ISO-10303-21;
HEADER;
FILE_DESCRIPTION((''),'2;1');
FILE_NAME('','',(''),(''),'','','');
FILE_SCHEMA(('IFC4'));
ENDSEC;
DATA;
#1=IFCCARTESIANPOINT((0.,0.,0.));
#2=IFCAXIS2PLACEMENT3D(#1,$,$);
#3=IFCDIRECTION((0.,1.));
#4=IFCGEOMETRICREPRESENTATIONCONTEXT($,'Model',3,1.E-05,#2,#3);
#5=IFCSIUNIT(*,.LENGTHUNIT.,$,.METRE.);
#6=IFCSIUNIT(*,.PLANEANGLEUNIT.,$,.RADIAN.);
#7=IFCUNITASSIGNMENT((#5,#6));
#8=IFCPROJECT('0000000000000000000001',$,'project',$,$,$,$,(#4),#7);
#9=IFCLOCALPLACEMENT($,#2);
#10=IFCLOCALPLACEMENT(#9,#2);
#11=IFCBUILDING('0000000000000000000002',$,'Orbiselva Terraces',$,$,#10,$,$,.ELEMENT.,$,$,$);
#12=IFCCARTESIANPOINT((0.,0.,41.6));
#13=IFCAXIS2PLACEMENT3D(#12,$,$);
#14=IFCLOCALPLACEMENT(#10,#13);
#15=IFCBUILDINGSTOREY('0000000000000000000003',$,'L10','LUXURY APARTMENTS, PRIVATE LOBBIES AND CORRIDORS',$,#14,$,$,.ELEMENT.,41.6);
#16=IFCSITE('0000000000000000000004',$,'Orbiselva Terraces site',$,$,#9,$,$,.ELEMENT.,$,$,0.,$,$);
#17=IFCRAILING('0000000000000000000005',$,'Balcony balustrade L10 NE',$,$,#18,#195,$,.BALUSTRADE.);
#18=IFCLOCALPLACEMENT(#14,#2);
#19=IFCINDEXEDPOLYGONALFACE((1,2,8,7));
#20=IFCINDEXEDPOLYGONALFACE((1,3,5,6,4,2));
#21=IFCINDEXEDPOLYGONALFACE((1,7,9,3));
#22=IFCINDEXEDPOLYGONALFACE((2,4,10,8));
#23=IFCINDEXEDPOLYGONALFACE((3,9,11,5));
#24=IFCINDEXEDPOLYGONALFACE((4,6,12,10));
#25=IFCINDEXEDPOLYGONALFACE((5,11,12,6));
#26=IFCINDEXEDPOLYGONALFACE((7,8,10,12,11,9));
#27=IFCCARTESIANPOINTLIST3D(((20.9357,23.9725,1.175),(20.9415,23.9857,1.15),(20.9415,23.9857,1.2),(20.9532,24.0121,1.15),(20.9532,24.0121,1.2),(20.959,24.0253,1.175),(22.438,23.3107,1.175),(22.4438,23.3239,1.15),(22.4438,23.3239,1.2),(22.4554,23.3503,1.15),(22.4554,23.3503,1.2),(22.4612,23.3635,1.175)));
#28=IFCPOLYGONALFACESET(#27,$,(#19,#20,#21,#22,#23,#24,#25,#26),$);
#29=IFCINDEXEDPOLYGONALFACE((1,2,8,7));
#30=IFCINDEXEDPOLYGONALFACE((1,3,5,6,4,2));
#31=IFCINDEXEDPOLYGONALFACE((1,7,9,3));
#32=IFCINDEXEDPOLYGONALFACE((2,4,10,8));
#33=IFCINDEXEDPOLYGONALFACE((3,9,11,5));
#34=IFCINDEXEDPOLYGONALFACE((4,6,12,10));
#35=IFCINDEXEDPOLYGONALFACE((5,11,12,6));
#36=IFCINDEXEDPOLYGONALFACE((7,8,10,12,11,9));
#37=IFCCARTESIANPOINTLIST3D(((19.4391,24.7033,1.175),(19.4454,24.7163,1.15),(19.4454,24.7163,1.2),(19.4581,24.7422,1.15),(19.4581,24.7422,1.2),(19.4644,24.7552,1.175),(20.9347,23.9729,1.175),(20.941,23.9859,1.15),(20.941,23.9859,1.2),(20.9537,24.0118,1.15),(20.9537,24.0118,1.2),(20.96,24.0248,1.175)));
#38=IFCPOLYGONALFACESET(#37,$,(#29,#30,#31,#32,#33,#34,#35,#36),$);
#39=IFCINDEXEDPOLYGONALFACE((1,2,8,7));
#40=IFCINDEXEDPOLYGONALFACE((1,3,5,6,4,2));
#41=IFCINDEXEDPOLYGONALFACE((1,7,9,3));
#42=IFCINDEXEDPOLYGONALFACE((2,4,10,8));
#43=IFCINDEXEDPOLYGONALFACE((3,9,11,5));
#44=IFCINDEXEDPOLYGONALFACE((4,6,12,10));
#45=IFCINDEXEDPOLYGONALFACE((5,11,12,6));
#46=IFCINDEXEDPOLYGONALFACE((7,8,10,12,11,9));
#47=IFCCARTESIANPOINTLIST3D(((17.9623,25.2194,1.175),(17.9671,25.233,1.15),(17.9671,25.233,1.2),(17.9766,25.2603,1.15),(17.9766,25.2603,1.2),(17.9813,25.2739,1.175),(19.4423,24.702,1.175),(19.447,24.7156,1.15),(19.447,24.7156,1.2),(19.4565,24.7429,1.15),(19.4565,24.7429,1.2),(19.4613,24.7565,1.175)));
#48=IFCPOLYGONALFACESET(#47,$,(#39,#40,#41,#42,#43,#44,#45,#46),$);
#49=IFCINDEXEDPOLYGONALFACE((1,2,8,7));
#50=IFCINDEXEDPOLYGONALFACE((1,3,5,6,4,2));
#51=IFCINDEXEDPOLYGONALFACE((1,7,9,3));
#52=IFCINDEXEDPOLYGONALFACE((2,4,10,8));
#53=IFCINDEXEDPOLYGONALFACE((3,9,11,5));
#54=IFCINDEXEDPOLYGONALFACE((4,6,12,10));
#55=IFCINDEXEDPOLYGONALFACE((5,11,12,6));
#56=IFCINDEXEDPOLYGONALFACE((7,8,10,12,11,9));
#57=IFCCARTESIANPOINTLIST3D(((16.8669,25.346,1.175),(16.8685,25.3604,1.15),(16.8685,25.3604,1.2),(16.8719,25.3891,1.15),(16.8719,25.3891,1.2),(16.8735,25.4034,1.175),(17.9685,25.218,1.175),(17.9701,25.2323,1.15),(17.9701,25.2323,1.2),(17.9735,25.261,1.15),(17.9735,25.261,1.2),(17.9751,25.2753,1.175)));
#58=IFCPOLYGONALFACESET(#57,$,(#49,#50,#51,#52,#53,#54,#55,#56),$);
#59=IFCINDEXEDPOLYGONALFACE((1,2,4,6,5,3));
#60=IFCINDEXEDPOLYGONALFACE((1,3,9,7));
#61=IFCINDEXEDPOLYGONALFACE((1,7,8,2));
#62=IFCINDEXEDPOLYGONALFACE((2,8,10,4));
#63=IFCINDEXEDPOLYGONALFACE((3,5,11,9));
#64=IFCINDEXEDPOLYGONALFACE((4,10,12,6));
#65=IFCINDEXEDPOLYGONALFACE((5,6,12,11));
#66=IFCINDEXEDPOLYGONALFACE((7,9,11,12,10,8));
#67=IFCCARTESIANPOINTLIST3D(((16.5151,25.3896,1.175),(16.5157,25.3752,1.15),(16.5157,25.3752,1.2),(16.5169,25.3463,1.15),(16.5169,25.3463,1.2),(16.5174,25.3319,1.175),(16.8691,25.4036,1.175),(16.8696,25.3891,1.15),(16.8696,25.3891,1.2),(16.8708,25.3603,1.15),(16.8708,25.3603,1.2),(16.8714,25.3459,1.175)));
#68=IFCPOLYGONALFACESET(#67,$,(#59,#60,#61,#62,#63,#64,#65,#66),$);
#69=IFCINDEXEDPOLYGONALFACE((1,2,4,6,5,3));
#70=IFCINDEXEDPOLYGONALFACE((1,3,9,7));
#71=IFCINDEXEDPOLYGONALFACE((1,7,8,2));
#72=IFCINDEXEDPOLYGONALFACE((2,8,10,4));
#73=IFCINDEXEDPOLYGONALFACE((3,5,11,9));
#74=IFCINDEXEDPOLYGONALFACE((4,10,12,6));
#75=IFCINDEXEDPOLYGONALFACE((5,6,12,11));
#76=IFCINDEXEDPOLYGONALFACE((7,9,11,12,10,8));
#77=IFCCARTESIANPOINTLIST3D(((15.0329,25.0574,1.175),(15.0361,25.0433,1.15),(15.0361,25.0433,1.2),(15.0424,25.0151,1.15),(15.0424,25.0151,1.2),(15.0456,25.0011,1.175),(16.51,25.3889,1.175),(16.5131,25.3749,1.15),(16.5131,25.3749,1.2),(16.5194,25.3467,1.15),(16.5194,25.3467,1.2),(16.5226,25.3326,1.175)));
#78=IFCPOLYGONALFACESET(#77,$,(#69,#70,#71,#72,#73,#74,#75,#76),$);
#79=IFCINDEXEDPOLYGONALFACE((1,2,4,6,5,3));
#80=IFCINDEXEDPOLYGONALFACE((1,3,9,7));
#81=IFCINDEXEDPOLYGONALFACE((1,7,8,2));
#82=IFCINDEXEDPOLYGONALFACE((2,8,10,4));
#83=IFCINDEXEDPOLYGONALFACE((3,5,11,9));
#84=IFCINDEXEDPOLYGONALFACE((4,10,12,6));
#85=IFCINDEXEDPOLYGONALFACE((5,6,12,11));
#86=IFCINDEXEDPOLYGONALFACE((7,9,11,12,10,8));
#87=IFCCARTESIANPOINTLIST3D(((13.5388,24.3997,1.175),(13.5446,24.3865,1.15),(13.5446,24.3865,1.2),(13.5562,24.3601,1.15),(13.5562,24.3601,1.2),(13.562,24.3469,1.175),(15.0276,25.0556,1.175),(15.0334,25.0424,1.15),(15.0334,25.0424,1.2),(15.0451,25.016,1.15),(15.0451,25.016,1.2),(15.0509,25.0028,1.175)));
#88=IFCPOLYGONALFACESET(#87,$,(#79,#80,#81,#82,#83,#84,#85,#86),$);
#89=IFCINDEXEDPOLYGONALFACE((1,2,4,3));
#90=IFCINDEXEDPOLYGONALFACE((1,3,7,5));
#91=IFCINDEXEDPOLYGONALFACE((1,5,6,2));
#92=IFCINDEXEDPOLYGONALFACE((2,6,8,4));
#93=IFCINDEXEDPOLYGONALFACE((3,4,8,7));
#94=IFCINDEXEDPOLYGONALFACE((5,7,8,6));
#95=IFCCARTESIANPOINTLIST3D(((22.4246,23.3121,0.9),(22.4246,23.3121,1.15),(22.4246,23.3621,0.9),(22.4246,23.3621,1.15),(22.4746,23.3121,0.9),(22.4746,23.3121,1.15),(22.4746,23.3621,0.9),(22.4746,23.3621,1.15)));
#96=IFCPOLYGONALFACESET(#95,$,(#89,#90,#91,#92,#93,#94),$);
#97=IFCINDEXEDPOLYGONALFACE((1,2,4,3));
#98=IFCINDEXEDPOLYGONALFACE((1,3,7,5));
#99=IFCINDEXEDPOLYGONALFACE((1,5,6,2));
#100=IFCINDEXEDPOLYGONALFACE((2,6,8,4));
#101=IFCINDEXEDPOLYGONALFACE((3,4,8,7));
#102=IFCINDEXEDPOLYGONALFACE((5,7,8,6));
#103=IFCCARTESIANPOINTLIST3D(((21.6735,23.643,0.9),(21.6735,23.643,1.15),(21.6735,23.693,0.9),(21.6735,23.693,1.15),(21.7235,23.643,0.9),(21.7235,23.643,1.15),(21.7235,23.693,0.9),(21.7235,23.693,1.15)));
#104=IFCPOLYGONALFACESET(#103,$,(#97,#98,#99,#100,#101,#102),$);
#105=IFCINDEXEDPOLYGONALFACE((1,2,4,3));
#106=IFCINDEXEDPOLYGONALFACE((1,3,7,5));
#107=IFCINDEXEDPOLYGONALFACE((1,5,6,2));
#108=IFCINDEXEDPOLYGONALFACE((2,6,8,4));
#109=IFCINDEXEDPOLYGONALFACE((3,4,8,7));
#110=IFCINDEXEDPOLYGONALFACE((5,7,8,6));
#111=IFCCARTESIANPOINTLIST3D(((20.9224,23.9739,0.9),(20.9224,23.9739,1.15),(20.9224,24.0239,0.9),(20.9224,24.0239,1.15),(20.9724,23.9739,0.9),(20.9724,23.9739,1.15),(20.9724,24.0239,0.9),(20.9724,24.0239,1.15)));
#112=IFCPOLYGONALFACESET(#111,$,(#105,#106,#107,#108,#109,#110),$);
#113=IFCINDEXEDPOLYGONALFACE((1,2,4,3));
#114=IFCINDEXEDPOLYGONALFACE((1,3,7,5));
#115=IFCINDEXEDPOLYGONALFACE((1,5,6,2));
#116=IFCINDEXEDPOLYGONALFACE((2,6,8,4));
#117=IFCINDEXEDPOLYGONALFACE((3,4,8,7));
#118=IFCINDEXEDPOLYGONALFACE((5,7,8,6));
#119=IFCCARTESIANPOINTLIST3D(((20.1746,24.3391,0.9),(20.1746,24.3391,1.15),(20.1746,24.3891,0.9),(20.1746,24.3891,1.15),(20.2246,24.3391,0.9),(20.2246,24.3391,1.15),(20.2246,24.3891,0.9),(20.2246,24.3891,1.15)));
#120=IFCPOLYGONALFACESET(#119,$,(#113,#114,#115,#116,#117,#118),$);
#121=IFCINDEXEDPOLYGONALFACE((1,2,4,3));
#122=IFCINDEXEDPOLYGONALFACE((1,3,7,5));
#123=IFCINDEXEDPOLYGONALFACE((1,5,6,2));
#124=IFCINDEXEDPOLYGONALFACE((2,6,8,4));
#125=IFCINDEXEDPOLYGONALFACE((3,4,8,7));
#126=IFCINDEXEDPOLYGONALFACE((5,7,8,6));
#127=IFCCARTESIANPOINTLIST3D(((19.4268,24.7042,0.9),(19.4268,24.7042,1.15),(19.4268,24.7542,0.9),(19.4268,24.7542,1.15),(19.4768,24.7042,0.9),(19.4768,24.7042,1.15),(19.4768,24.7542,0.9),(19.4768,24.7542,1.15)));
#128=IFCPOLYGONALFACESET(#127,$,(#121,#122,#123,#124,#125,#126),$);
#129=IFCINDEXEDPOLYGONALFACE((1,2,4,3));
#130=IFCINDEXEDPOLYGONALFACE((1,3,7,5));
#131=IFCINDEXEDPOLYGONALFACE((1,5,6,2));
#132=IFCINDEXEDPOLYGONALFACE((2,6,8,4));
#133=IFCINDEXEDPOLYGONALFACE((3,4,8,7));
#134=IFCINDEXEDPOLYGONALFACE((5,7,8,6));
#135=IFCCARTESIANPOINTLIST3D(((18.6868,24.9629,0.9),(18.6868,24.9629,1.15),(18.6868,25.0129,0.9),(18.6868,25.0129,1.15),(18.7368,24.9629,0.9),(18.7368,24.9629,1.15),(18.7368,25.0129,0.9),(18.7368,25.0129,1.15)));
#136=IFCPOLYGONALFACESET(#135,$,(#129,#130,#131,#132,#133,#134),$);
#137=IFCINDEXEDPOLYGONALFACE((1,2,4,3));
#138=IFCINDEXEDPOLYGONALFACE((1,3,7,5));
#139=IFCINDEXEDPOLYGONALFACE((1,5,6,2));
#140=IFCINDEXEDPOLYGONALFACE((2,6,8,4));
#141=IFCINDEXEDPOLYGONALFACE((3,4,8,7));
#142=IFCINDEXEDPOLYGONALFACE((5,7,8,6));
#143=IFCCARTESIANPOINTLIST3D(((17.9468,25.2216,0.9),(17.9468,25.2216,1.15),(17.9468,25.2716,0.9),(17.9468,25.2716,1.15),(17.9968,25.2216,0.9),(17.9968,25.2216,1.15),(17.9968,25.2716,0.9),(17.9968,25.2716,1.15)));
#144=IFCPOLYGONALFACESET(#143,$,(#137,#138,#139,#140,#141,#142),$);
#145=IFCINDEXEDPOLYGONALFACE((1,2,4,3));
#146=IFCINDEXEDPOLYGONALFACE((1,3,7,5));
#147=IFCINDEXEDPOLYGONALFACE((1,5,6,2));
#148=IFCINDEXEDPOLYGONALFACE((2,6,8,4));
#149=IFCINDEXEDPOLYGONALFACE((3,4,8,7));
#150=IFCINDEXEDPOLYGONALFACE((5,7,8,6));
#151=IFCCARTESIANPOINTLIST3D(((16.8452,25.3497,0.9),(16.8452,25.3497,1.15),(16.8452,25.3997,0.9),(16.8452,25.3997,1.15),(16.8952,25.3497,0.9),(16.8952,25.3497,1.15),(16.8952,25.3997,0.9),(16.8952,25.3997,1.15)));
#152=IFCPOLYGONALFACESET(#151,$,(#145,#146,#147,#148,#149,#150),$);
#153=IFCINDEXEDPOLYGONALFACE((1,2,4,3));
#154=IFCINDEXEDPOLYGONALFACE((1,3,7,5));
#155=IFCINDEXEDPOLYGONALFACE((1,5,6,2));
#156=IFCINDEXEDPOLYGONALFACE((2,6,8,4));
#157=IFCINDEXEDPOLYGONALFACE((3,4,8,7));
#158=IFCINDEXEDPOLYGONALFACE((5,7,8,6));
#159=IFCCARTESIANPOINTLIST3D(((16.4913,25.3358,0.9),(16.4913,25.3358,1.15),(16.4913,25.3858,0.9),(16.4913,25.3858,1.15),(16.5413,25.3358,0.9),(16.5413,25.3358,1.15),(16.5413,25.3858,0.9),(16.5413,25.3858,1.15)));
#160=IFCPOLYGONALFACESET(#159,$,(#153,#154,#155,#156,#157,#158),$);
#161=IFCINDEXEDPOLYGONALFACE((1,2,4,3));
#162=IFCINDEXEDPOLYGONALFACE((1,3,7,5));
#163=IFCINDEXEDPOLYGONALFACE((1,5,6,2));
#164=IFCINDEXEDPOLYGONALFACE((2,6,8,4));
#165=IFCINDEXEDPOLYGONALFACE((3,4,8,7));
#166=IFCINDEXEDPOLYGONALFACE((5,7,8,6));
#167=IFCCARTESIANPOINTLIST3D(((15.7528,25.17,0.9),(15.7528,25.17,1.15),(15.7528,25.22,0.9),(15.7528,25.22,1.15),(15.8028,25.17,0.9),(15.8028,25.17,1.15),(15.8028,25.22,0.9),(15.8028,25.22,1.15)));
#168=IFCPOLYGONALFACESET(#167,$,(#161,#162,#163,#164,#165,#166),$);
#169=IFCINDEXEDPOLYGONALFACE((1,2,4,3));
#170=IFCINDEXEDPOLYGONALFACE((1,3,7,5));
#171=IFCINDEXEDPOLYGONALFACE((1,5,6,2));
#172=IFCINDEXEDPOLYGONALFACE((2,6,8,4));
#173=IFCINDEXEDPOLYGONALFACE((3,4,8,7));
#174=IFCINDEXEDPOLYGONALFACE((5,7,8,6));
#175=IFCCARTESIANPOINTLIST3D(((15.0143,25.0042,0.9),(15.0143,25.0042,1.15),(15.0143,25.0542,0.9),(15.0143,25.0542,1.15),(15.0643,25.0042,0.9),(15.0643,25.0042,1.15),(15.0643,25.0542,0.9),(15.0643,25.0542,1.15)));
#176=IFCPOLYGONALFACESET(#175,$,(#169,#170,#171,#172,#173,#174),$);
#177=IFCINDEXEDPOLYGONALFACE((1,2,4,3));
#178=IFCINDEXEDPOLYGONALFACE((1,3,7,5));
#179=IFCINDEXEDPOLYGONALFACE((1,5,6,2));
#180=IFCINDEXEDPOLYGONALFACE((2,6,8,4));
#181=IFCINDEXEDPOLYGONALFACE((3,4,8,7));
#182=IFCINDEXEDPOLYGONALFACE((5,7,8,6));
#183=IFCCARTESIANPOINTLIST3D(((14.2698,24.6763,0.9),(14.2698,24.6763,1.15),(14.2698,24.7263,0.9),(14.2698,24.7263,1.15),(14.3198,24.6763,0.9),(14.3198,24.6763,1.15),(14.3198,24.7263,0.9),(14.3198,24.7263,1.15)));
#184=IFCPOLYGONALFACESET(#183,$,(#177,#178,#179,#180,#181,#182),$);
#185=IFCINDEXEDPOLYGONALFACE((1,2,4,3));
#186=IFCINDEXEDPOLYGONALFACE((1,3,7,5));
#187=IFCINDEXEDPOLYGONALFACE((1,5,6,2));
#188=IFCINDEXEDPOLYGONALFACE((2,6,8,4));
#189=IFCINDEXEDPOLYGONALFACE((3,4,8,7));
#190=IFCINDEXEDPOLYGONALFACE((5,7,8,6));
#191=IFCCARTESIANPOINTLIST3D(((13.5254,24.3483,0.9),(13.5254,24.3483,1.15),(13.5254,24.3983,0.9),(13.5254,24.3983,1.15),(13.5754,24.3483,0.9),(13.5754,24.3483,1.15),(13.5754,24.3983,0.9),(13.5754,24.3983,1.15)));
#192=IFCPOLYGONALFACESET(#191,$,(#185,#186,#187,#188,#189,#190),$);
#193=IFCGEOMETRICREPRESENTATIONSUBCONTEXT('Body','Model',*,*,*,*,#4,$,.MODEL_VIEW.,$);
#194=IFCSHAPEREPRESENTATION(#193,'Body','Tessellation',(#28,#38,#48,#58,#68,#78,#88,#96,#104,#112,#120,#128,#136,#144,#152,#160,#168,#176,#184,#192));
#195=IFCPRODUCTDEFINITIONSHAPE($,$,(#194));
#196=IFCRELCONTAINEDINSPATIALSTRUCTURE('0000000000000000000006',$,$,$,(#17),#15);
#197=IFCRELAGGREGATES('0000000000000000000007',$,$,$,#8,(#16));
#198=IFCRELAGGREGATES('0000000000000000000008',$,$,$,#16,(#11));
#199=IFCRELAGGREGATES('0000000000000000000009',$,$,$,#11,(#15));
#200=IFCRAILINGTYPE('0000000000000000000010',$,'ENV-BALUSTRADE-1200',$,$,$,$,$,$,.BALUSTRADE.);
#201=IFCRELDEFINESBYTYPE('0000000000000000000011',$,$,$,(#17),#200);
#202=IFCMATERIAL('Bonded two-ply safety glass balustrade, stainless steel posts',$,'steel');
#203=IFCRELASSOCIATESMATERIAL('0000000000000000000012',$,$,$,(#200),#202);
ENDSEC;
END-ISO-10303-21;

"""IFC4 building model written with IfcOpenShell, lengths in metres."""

from ifc_helpers import new_model, si_unit, direction, frame, origin, origin_2d, place, context, subcontext, project, spatial, polyline, rectangle, outline, extrude, material, type_object, element, save


model = new_model("IFC4")

# Units and contexts
model_context = context("Model", 3, precision=1e-05, world=origin(), true_north=direction((0.0, 1.0)))
body_context = subcontext(model_context, "Body", "Model", "MODEL_VIEW")
ifc_project = project(units=[si_unit("LENGTHUNIT", "METRE"), si_unit("PLANEANGLEUNIT", "RADIAN")], contexts=[model_context])

# Site, building, storey
site_placement = place(None, origin())
site = spatial("IfcSite", under=ifc_project, at=site_placement, Name="Orbiselva Terraces site", CompositionType="ELEMENT", RefElevation=0.0)
building_placement = place(site_placement, origin())
building = spatial("IfcBuilding", under=site, at=building_placement, Name="Orbiselva Terraces", CompositionType="ELEMENT")
storey_placement = place(building_placement, frame((0.0, 0.0, 41.6)))
storey = spatial("IfcBuildingStorey", under=building, at=storey_placement, Name="L10", Description="LUXURY APARTMENTS, PRIVATE LOBBIES AND CORRIDORS", CompositionType="ELEMENT", Elevation=41.6)

# Railing
ifc_material_1 = material(Name="Bonded two-ply safety glass balustrade, stainless steel posts", Category="steel")
railing_type_1 = type_object("IfcRailingType", Name="ENV-BALUSTRADE-1200", PredefinedType="BALUSTRADE", material=ifc_material_1)
railing_1_placement = place(storey_placement, frame((22.4496, 23.3371, 0.9)))
element("IfcRailing", 1, at=railing_1_placement, inside=storey, type_object=railing_type_1, Name="Balcony balustrade L10 NE", PredefinedType="BALUSTRADE", context=body_context, shape_type="SweptSolid", body=[
    extrude(outline(polyline([(0.0289, 0.0), (0.0144, 0.025), (-0.0144, 0.025), (-0.0289, 0.0), (-0.0144, -0.025), (0.0144, -0.025), (0.0289, 0.0)])), frame((0.0, 0.0, 0.275), z_axis=(-0.915133, 0.403151, 0.0), x_axis=(-0.403151, -0.915133, 0.0)), (0.0, 0.0, 1.0), 1.6416),
    extrude(outline(polyline([(0.0289, 0.0), (0.0144, 0.025), (-0.0144, 0.025), (-0.0289, 0.0), (-0.0144, -0.025), (0.0144, -0.025), (0.0289, 0.0)])), frame((-1.5022, 0.6618, 0.275), z_axis=(-0.898579, 0.438812, 0.0), x_axis=(-0.438812, -0.898579, 0.0)), (0.0, 0.0, 1.0), 1.6644),
    extrude(outline(polyline([(0.0289, 0.0), (0.0144, 0.025), (-0.0144, 0.025), (-0.0289, 0.0), (-0.0144, -0.025), (0.0144, -0.025), (0.0289, 0.0)])), frame((-2.9978, 1.3921, 0.275), z_axis=(-0.943972, 0.330025, 0.0), x_axis=(-0.330025, -0.943972, 0.0)), (0.0, 0.0, 1.0), 1.5678),
    extrude(outline(polyline([(0.0289, 0.0), (0.0144, 0.025), (-0.0144, 0.025), (-0.0289, 0.0), (-0.0144, -0.025), (0.0144, -0.025), (0.0289, 0.0)])), frame((-4.4778, 1.9096, 0.275), z_axis=(-0.99331, 0.115481, 0.0), x_axis=(-0.115481, -0.99331, 0.0)), (0.0, 0.0, 1.0), 1.109),
    extrude(outline(polyline([(0.0289, 0.0), (0.0144, 0.025), (-0.0144, 0.025), (-0.0289, 0.0), (-0.0144, -0.025), (0.0144, -0.025), (0.0289, 0.0)])), frame((-5.5794, 2.0376, 0.275), z_axis=(-0.999225, -0.039364, 0.0), x_axis=(0.039364, -0.999225, 0.0)), (0.0, 0.0, 1.0), 0.3542),
    extrude(outline(polyline([(0.0289, 0.0), (0.0144, 0.025), (-0.0144, 0.025), (-0.0289, 0.0), (-0.0144, -0.025), (0.0144, -0.025), (0.0289, 0.0)])), frame((-5.9333, 2.0237, 0.275), z_axis=(-0.975721, -0.219016, 0.0), x_axis=(0.219016, -0.975721, 0.0)), (0.0, 0.0, 1.0), 1.5138),
    extrude(outline(polyline([(0.0289, 0.0), (0.0144, 0.025), (-0.0144, 0.025), (-0.0289, 0.0), (-0.0144, -0.025), (0.0144, -0.025), (0.0289, 0.0)])), frame((-7.4104, 1.6921, 0.275), z_axis=(-0.915133, -0.403151, 0.0), x_axis=(0.403151, -0.915133, 0.0)), (0.0, 0.0, 1.0), 1.6269),
    extrude(rectangle(XDim=0.05, YDim=0.05, at=origin_2d()), origin(), (0.0, 0.0, 1.0), 0.25),
    extrude(rectangle(XDim=0.05, YDim=0.05, at=origin_2d()), frame((-0.7511, 0.3309, 0.0)), (0.0, 0.0, 1.0), 0.25),
    extrude(rectangle(XDim=0.05, YDim=0.05, at=origin_2d()), frame((-1.5022, 0.6618, 0.0)), (0.0, 0.0, 1.0), 0.25),
    extrude(rectangle(XDim=0.05, YDim=0.05, at=origin_2d()), frame((-2.25, 1.027, 0.0)), (0.0, 0.0, 1.0), 0.25),
    extrude(rectangle(XDim=0.05, YDim=0.05, at=origin_2d()), frame((-2.9978, 1.3921, 0.0)), (0.0, 0.0, 1.0), 0.25),
    extrude(rectangle(XDim=0.05, YDim=0.05, at=origin_2d()), frame((-3.7378, 1.6509, 0.0)), (0.0, 0.0, 1.0), 0.25),
    extrude(rectangle(XDim=0.05, YDim=0.05, at=origin_2d()), frame((-4.4778, 1.9096, 0.0)), (0.0, 0.0, 1.0), 0.25),
    extrude(rectangle(XDim=0.05, YDim=0.05, at=origin_2d()), frame((-5.5794, 2.0376, 0.0)), (0.0, 0.0, 1.0), 0.25),
    extrude(rectangle(XDim=0.05, YDim=0.05, at=origin_2d()), frame((-5.9333, 2.0237, 0.0)), (0.0, 0.0, 1.0), 0.25),
    extrude(rectangle(XDim=0.05, YDim=0.05, at=origin_2d()), frame((-6.6718, 1.8579, 0.0)), (0.0, 0.0, 1.0), 0.25),
    extrude(rectangle(XDim=0.05, YDim=0.05, at=origin_2d()), frame((-7.4104, 1.6921, 0.0)), (0.0, 0.0, 1.0), 0.25),
    extrude(rectangle(XDim=0.05, YDim=0.05, at=origin_2d()), frame((-8.1548, 1.3642, 0.0)), (0.0, 0.0, 1.0), 0.25),
    extrude(rectangle(XDim=0.05, YDim=0.05, at=origin_2d()), frame((-8.8992, 1.0362, 0.0)), (0.0, 0.0, 1.0), 0.25),
])

save(model, "model.ifc")
